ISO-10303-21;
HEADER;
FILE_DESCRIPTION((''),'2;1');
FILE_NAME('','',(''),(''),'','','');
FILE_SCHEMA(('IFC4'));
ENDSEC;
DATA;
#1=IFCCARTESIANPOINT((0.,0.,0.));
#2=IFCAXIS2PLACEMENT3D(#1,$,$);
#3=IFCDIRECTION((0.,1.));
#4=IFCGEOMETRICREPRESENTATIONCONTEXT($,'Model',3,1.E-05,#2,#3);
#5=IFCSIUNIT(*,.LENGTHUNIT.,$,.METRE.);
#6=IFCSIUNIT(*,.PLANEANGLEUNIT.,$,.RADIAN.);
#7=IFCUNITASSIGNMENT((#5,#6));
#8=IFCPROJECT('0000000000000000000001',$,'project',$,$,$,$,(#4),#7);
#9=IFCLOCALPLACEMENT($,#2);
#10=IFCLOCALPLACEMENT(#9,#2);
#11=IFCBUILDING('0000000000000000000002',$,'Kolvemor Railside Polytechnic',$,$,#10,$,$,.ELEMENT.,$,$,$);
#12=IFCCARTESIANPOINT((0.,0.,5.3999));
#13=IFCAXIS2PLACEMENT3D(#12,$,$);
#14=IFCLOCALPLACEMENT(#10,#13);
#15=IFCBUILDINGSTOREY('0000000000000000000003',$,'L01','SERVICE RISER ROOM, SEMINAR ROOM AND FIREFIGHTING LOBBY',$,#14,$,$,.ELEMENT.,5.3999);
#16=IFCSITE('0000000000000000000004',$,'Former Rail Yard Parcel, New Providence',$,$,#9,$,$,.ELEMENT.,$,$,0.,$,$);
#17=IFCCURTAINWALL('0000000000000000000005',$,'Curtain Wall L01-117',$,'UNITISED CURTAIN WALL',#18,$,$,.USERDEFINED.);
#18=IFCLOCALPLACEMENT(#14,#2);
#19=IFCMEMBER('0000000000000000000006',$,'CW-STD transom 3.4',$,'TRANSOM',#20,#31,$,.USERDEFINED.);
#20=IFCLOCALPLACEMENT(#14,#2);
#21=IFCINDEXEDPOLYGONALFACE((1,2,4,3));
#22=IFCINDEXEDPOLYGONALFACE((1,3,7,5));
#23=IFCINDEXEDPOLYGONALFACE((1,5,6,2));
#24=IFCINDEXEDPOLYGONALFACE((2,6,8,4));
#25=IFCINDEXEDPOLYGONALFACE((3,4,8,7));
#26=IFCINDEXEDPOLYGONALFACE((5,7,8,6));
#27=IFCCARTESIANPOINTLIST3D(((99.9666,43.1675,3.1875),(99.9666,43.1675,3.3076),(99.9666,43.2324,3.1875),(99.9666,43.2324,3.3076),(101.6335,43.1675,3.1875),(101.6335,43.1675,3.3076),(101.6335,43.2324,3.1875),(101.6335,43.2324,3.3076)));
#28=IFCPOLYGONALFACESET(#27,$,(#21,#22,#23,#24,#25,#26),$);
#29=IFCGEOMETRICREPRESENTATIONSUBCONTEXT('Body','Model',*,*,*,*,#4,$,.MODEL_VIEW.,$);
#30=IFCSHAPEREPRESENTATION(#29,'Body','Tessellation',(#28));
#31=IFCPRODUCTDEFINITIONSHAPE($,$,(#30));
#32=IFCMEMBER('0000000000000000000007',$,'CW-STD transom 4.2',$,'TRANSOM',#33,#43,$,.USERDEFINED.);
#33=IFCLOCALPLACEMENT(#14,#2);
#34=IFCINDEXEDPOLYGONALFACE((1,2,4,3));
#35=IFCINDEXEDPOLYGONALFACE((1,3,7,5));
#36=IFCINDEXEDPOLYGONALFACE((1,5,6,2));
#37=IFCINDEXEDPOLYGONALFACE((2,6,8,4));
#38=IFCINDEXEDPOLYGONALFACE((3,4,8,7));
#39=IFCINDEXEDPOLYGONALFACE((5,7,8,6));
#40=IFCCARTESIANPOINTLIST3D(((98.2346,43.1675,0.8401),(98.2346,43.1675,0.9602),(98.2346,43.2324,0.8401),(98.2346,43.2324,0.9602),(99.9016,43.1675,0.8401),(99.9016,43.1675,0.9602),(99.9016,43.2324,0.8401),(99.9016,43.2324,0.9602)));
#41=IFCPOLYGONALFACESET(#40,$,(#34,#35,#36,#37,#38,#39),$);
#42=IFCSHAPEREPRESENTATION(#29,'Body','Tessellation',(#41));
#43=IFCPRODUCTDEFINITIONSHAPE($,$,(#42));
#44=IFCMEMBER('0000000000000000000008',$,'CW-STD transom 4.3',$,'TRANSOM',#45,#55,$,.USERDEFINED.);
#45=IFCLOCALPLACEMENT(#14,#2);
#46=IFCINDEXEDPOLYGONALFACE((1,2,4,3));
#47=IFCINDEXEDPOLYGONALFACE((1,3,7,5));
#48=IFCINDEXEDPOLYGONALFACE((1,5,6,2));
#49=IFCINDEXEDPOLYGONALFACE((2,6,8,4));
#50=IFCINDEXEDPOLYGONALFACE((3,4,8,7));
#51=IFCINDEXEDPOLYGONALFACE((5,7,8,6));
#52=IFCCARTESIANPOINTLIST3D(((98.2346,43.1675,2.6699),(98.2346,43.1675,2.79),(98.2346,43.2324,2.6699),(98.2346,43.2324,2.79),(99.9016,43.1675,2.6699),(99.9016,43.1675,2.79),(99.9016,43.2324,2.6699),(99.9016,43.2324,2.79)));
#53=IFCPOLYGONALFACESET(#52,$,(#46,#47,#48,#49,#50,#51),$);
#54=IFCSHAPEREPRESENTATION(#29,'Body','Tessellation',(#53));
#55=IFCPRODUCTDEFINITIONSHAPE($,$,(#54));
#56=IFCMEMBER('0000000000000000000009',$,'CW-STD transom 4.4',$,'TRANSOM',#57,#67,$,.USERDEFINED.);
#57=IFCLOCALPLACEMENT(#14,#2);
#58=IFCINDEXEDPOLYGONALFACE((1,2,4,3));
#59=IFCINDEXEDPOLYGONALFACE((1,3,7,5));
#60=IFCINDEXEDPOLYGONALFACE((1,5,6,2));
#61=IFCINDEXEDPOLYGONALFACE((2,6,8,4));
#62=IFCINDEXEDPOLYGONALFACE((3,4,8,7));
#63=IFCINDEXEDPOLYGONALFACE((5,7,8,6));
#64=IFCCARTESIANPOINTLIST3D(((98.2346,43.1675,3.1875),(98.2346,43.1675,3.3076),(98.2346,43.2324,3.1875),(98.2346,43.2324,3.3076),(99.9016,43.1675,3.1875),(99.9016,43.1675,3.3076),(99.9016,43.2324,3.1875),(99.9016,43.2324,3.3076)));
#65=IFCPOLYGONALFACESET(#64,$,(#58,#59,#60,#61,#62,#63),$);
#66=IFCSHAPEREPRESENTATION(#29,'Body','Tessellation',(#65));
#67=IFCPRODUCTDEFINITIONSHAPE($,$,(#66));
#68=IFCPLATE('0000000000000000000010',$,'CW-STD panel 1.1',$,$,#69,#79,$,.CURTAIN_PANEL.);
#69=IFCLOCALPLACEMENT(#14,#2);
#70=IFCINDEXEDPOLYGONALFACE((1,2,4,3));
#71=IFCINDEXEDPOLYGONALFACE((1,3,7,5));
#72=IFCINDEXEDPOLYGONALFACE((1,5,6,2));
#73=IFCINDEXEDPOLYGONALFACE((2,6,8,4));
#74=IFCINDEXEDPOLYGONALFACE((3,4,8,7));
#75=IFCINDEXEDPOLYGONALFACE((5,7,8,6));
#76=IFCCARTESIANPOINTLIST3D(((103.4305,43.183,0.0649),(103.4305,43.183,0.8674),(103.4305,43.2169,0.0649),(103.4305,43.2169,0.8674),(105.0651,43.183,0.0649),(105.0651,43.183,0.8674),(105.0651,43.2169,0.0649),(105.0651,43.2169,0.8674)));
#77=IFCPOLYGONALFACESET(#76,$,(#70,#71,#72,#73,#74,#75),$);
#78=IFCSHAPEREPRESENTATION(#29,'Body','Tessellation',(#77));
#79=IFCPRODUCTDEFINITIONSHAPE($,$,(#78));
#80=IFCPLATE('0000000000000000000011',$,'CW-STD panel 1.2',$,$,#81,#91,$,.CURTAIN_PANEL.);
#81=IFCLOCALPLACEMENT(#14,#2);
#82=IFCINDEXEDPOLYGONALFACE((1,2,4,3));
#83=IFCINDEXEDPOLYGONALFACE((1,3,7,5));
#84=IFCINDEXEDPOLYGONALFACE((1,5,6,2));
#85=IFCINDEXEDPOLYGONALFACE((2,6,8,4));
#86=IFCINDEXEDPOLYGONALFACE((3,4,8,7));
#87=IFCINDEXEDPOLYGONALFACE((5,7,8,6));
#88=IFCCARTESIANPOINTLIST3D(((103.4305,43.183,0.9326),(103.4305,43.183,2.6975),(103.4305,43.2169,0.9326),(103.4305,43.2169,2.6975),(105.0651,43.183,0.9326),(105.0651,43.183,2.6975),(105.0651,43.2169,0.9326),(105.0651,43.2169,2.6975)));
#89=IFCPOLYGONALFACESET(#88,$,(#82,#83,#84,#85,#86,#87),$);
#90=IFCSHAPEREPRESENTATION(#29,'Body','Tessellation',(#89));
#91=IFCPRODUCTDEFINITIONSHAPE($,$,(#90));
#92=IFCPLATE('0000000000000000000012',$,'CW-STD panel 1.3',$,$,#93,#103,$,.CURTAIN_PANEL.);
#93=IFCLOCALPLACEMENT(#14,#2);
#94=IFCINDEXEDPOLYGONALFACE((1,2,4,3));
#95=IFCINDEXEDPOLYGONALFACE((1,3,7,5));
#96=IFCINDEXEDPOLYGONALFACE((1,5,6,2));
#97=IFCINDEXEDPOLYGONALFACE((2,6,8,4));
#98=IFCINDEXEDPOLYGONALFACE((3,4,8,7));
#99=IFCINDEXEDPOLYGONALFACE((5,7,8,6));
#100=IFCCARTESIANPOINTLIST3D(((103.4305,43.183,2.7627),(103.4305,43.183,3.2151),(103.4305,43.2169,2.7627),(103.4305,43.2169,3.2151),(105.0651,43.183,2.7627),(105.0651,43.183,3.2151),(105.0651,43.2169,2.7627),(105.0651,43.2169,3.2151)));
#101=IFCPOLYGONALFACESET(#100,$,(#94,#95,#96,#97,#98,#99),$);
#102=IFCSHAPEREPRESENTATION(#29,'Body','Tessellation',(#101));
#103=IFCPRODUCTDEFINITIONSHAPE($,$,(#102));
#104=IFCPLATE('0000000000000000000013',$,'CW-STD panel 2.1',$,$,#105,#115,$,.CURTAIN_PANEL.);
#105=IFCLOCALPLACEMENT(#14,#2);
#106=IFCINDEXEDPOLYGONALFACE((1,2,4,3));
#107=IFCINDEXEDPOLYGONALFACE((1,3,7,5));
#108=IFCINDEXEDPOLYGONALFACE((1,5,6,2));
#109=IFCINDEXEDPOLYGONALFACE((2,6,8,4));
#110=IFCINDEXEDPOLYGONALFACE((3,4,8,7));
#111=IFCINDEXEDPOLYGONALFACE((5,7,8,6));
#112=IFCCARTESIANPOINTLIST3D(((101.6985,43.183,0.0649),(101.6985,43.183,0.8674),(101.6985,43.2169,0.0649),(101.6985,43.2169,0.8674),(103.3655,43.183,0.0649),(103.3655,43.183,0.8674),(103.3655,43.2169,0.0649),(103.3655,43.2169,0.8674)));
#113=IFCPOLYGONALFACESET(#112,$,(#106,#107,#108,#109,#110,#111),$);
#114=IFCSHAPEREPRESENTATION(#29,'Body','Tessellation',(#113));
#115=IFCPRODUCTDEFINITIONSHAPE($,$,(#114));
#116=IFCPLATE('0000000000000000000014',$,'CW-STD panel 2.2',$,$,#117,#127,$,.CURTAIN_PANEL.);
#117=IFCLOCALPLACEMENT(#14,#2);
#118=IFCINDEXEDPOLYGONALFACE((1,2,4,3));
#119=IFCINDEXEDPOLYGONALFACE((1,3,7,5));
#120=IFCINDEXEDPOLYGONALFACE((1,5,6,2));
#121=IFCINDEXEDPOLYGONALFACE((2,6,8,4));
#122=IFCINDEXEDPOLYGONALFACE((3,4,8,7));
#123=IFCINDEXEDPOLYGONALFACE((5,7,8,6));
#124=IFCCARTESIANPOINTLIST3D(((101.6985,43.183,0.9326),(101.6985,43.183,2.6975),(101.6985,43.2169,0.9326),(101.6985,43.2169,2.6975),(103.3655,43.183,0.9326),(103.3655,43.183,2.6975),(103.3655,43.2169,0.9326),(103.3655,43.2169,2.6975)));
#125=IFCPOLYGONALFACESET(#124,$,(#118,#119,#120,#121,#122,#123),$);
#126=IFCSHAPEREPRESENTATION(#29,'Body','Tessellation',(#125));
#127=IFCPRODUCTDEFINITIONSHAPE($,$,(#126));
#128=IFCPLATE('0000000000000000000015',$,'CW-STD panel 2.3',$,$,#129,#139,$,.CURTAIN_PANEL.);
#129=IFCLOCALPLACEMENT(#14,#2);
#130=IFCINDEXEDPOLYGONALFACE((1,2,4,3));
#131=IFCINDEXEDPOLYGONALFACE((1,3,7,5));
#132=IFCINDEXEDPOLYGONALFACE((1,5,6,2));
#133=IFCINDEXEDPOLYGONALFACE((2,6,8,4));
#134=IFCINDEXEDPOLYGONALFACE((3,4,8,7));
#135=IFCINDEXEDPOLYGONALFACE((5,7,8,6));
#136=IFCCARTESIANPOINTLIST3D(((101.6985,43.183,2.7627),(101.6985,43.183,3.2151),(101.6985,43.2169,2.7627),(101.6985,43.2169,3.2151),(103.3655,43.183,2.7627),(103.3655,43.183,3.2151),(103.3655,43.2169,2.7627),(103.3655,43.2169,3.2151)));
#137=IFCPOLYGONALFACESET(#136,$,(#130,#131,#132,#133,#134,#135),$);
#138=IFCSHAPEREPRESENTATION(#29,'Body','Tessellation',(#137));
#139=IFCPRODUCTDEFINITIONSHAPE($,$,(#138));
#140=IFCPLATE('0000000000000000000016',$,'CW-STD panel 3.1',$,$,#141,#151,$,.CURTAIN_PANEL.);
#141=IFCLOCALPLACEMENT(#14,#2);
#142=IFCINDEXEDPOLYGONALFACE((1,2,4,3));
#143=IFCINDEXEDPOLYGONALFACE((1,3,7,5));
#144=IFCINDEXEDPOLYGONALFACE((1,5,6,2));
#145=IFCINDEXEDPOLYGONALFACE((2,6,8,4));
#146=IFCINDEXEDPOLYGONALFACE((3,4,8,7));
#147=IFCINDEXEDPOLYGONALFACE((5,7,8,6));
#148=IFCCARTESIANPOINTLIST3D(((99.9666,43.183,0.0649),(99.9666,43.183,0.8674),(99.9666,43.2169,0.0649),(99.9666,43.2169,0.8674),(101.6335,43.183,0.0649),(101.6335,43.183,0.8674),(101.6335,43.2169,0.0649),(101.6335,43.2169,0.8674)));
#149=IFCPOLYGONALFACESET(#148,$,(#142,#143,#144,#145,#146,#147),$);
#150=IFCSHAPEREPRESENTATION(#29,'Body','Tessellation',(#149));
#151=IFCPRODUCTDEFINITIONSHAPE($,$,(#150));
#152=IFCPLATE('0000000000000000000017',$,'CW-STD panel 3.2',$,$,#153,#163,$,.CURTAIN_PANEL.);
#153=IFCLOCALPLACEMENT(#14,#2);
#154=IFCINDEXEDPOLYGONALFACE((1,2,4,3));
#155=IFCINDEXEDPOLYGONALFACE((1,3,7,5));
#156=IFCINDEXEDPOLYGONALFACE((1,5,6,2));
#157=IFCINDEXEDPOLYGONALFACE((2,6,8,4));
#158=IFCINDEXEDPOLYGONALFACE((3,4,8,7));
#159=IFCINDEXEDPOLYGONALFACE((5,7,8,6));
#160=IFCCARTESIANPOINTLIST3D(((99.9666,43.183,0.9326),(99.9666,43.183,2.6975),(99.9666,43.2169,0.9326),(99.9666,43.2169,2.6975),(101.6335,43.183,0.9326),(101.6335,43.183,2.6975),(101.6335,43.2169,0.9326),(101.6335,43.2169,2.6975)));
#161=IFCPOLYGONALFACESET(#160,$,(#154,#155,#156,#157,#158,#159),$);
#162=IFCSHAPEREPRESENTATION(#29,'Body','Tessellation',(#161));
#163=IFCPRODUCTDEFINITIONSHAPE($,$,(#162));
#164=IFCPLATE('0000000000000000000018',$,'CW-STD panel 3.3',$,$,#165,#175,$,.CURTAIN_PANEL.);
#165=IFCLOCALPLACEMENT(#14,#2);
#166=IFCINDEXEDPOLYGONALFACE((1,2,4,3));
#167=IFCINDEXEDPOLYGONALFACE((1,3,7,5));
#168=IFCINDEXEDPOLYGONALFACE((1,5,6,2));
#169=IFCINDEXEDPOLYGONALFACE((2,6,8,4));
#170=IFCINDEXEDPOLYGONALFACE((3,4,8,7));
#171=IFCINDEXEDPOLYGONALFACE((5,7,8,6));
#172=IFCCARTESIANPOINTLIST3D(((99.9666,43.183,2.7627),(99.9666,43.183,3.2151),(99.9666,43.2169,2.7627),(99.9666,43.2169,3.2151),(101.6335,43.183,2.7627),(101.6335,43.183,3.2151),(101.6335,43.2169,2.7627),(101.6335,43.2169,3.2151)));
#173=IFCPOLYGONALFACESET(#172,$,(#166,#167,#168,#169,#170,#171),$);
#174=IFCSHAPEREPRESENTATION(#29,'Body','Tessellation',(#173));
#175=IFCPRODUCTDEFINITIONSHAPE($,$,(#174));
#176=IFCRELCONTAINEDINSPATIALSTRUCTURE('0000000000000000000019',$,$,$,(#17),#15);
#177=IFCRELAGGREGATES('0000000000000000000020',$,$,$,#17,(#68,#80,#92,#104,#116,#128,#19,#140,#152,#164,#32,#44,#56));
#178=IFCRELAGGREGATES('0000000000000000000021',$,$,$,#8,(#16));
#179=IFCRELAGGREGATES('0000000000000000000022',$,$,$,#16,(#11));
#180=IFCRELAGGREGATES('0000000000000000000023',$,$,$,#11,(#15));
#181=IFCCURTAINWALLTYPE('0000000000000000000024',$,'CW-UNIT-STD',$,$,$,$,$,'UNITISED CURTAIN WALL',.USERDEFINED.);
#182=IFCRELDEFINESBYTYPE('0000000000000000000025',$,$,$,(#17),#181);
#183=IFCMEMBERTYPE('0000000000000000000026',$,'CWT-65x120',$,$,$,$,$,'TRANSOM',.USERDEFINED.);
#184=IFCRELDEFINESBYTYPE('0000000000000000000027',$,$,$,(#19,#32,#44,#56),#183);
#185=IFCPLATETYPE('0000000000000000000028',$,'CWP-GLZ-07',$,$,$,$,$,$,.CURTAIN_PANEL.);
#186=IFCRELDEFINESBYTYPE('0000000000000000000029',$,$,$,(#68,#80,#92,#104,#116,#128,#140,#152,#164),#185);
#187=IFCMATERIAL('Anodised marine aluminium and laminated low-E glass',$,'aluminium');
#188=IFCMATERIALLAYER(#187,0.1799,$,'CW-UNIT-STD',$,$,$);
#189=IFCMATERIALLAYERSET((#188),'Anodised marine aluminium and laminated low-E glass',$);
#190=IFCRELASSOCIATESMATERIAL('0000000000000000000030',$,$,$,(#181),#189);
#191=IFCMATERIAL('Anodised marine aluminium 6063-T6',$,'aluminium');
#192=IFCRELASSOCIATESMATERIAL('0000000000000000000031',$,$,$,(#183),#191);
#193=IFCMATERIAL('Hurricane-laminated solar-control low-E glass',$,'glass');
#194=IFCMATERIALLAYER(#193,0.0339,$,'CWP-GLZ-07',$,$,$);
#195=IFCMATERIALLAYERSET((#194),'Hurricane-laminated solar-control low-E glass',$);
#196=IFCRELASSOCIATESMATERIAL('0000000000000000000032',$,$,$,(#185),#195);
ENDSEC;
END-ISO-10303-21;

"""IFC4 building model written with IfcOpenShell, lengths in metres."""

from ifc_helpers import new_model, si_unit, direction, frame, origin, origin_2d, place, context, subcontext, project, spatial, rectangle, extrude, material, layer, layer_set, material_profile, profile_set, type_object, element, aggregate, save


model = new_model("IFC4")

# Units and contexts
model_context = context("Model", 3, precision=1e-05, world=origin(), true_north=direction((0.0, 1.0)))
body_context = subcontext(model_context, "Body", "Model", "MODEL_VIEW")
ifc_project = project(units=[si_unit("LENGTHUNIT", "METRE"), si_unit("PLANEANGLEUNIT", "RADIAN")], contexts=[model_context])

# Site, building, storey
site_placement = place(None, origin())
site = spatial("IfcSite", under=ifc_project, at=site_placement, Name="Former Rail Yard Parcel, New Providence", CompositionType="ELEMENT", RefElevation=0.0)
building_placement = place(site_placement, origin())
building = spatial("IfcBuilding", under=site, at=building_placement, Name="Kolvemor Railside Polytechnic", CompositionType="ELEMENT")
storey_placement = place(building_placement, frame((0.0, 0.0, 5.3999)))
storey = spatial("IfcBuildingStorey", under=building, at=storey_placement, Name="L01", Description="SERVICE RISER ROOM, SEMINAR ROOM AND FIREFIGHTING LOBBY", CompositionType="ELEMENT", Elevation=5.3999)

# Curtain wall, members, plates
ifc_material_1 = material(Name="Anodised marine aluminium and laminated low-E glass", Category="aluminium")
ifc_layer_1 = layer(ifc_material_1, 0.1799, Name="CW-UNIT-STD")
ifc_layer_set_1 = layer_set([ifc_layer_1], Name="Anodised marine aluminium and laminated low-E glass")
curtain_wall_type = type_object("IfcCurtainWallType", Name="CW-UNIT-STD", ElementType="UNITISED CURTAIN WALL", PredefinedType="USERDEFINED", material=ifc_layer_set_1)
curtain_wall_placement = place(storey_placement, origin())
curtain_wall = element("IfcCurtainWall", 1, at=curtain_wall_placement, inside=storey, type_object=curtain_wall_type, Name="Curtain Wall L01-117", ObjectType="UNITISED CURTAIN WALL", PredefinedType="USERDEFINED")
ifc_material_2 = material(Name="Anodised marine aluminium 6063-T6", Category="aluminium")
ifc_material_profile_1 = material_profile(ifc_material_2, rectangle(XDim=0.0649, YDim=0.1201, at=origin_2d()), Name="CW-TRN-65x120")
ifc_profile_set_1 = profile_set([ifc_material_profile_1], Name="Anodised marine aluminium 6063-T6")
member_type_1 = type_object("IfcMemberType", Name="CWT-65x120", ElementType="TRANSOM", PredefinedType="USERDEFINED", material=ifc_profile_set_1)
member_1_placement = place(storey_placement, frame((101.6335, 43.2, 3.2476), z_axis=(-1.0, 0.0, 0.0), x_axis=(0.0, -1.0, 0.0)))
member_1 = element("IfcMember", 2, at=member_1_placement, type_object=member_type_1, Name="CW-STD transom 3.4", ObjectType="TRANSOM", PredefinedType="USERDEFINED", context=body_context, shape_type="SweptSolid", body=[
    extrude(rectangle(XDim=0.0649, YDim=0.1201, at=origin_2d()), origin(), (0.0, 0.0, 1.0), 1.667),
])
member_2_placement = place(storey_placement, frame((99.9016, 43.2, 0.9001), z_axis=(-1.0, 0.0, 0.0), x_axis=(0.0, -1.0, 0.0)))
member_2 = element("IfcMember", 3, at=member_2_placement, type_object=member_type_1, Name="CW-STD transom 4.2", ObjectType="TRANSOM", PredefinedType="USERDEFINED", context=body_context, shape_type="SweptSolid", body=[
    extrude(rectangle(XDim=0.0649, YDim=0.1201, at=origin_2d()), origin(), (0.0, 0.0, 1.0), 1.667),
])
member_3_placement = place(storey_placement, frame((99.9016, 43.2, 2.73), z_axis=(-1.0, 0.0, 0.0), x_axis=(0.0, -1.0, 0.0)))
member_3 = element("IfcMember", 4, at=member_3_placement, type_object=member_type_1, Name="CW-STD transom 4.3", ObjectType="TRANSOM", PredefinedType="USERDEFINED", context=body_context, shape_type="SweptSolid", body=[
    extrude(rectangle(XDim=0.0649, YDim=0.1201, at=origin_2d()), origin(), (0.0, 0.0, 1.0), 1.667),
])
member_4_placement = place(storey_placement, frame((99.9016, 43.2, 3.2476), z_axis=(-1.0, 0.0, 0.0), x_axis=(0.0, -1.0, 0.0)))
member_4 = element("IfcMember", 5, at=member_4_placement, type_object=member_type_1, Name="CW-STD transom 4.4", ObjectType="TRANSOM", PredefinedType="USERDEFINED", context=body_context, shape_type="SweptSolid", body=[
    extrude(rectangle(XDim=0.0649, YDim=0.1201, at=origin_2d()), origin(), (0.0, 0.0, 1.0), 1.667),
])
ifc_material_3 = material(Name="Hurricane-laminated solar-control low-E glass", Category="glass")
ifc_layer_2 = layer(ifc_material_3, 0.0339, Name="CWP-GLZ-07")
ifc_layer_set_2 = layer_set([ifc_layer_2], Name="Hurricane-laminated solar-control low-E glass")
plate_type = type_object("IfcPlateType", Name="CWP-GLZ-07", PredefinedType="CURTAIN_PANEL", material=ifc_layer_set_2)
plate_1_placement = place(storey_placement, frame((104.2478, 43.2, 0.0649), z_axis=(0.0, 0.0, 1.0), x_axis=(-1.0, 0.0, 0.0)))
plate_1 = element("IfcPlate", 6, at=plate_1_placement, type_object=plate_type, Name="CW-STD panel 1.1", PredefinedType="CURTAIN_PANEL", context=body_context, shape_type="SweptSolid", body=[
    extrude(rectangle(XDim=1.6345, YDim=0.0339, at=origin_2d()), origin(), (0.0, 0.0, 1.0), 0.8025),
])
plate_2_placement = place(storey_placement, frame((104.2478, 43.2, 0.9326), z_axis=(0.0, 0.0, 1.0), x_axis=(-1.0, 0.0, 0.0)))
plate_2 = element("IfcPlate", 7, at=plate_2_placement, type_object=plate_type, Name="CW-STD panel 1.2", PredefinedType="CURTAIN_PANEL", context=body_context, shape_type="SweptSolid", body=[
    extrude(rectangle(XDim=1.6345, YDim=0.0339, at=origin_2d()), origin(), (0.0, 0.0, 1.0), 1.7649),
])
plate_3_placement = place(storey_placement, frame((104.2478, 43.2, 2.7627), z_axis=(0.0, 0.0, 1.0), x_axis=(-1.0, 0.0, 0.0)))
plate_3 = element("IfcPlate", 8, at=plate_3_placement, type_object=plate_type, Name="CW-STD panel 1.3", PredefinedType="CURTAIN_PANEL", context=body_context, shape_type="SweptSolid", body=[
    extrude(rectangle(XDim=1.6345, YDim=0.0339, at=origin_2d()), origin(), (0.0, 0.0, 1.0), 0.4524),
])
plate_4_placement = place(storey_placement, frame((102.532, 43.2, 0.0649), z_axis=(0.0, 0.0, 1.0), x_axis=(-1.0, 0.0, 0.0)))
plate_4 = element("IfcPlate", 9, at=plate_4_placement, type_object=plate_type, Name="CW-STD panel 2.1", PredefinedType="CURTAIN_PANEL", context=body_context, shape_type="SweptSolid", body=[
    extrude(rectangle(XDim=1.667, YDim=0.0339, at=origin_2d()), origin(), (0.0, 0.0, 1.0), 0.8025),
])
plate_5_placement = place(storey_placement, frame((102.532, 43.2, 0.9326), z_axis=(0.0, 0.0, 1.0), x_axis=(-1.0, 0.0, 0.0)))
plate_5 = element("IfcPlate", 10, at=plate_5_placement, type_object=plate_type, Name="CW-STD panel 2.2", PredefinedType="CURTAIN_PANEL", context=body_context, shape_type="SweptSolid", body=[
    extrude(rectangle(XDim=1.667, YDim=0.0339, at=origin_2d()), origin(), (0.0, 0.0, 1.0), 1.7649),
])
plate_6_placement = place(storey_placement, frame((102.532, 43.2, 2.7627), z_axis=(0.0, 0.0, 1.0), x_axis=(-1.0, 0.0, 0.0)))
plate_6 = element("IfcPlate", 11, at=plate_6_placement, type_object=plate_type, Name="CW-STD panel 2.3", PredefinedType="CURTAIN_PANEL", context=body_context, shape_type="SweptSolid", body=[
    extrude(rectangle(XDim=1.667, YDim=0.0339, at=origin_2d()), origin(), (0.0, 0.0, 1.0), 0.4524),
])
plate_7_placement = place(storey_placement, frame((100.8, 43.2, 0.0649), z_axis=(0.0, 0.0, 1.0), x_axis=(-1.0, 0.0, 0.0)))
plate_7 = element("IfcPlate", 12, at=plate_7_placement, type_object=plate_type, Name="CW-STD panel 3.1", PredefinedType="CURTAIN_PANEL", context=body_context, shape_type="SweptSolid", body=[
    extrude(rectangle(XDim=1.667, YDim=0.0339, at=origin_2d()), origin(), (0.0, 0.0, 1.0), 0.8025),
])
plate_8_placement = place(storey_placement, frame((100.8, 43.2, 0.9326), z_axis=(0.0, 0.0, 1.0), x_axis=(-1.0, 0.0, 0.0)))
plate_8 = element("IfcPlate", 13, at=plate_8_placement, type_object=plate_type, Name="CW-STD panel 3.2", PredefinedType="CURTAIN_PANEL", context=body_context, shape_type="SweptSolid", body=[
    extrude(rectangle(XDim=1.667, YDim=0.0339, at=origin_2d()), origin(), (0.0, 0.0, 1.0), 1.7649),
])
plate_9_placement = place(storey_placement, frame((100.8, 43.2, 2.7627), z_axis=(0.0, 0.0, 1.0), x_axis=(-1.0, 0.0, 0.0)))
plate_9 = element("IfcPlate", 14, at=plate_9_placement, type_object=plate_type, Name="CW-STD panel 3.3", PredefinedType="CURTAIN_PANEL", context=body_context, shape_type="SweptSolid", body=[
    extrude(rectangle(XDim=1.667, YDim=0.0339, at=origin_2d()), origin(), (0.0, 0.0, 1.0), 0.4524),
])
aggregate(curtain_wall, [plate_1, plate_2, plate_3, plate_4, plate_5, plate_6, member_1, plate_7, plate_8, plate_9, member_2, member_3, member_4])

save(model, "model.ifc")
